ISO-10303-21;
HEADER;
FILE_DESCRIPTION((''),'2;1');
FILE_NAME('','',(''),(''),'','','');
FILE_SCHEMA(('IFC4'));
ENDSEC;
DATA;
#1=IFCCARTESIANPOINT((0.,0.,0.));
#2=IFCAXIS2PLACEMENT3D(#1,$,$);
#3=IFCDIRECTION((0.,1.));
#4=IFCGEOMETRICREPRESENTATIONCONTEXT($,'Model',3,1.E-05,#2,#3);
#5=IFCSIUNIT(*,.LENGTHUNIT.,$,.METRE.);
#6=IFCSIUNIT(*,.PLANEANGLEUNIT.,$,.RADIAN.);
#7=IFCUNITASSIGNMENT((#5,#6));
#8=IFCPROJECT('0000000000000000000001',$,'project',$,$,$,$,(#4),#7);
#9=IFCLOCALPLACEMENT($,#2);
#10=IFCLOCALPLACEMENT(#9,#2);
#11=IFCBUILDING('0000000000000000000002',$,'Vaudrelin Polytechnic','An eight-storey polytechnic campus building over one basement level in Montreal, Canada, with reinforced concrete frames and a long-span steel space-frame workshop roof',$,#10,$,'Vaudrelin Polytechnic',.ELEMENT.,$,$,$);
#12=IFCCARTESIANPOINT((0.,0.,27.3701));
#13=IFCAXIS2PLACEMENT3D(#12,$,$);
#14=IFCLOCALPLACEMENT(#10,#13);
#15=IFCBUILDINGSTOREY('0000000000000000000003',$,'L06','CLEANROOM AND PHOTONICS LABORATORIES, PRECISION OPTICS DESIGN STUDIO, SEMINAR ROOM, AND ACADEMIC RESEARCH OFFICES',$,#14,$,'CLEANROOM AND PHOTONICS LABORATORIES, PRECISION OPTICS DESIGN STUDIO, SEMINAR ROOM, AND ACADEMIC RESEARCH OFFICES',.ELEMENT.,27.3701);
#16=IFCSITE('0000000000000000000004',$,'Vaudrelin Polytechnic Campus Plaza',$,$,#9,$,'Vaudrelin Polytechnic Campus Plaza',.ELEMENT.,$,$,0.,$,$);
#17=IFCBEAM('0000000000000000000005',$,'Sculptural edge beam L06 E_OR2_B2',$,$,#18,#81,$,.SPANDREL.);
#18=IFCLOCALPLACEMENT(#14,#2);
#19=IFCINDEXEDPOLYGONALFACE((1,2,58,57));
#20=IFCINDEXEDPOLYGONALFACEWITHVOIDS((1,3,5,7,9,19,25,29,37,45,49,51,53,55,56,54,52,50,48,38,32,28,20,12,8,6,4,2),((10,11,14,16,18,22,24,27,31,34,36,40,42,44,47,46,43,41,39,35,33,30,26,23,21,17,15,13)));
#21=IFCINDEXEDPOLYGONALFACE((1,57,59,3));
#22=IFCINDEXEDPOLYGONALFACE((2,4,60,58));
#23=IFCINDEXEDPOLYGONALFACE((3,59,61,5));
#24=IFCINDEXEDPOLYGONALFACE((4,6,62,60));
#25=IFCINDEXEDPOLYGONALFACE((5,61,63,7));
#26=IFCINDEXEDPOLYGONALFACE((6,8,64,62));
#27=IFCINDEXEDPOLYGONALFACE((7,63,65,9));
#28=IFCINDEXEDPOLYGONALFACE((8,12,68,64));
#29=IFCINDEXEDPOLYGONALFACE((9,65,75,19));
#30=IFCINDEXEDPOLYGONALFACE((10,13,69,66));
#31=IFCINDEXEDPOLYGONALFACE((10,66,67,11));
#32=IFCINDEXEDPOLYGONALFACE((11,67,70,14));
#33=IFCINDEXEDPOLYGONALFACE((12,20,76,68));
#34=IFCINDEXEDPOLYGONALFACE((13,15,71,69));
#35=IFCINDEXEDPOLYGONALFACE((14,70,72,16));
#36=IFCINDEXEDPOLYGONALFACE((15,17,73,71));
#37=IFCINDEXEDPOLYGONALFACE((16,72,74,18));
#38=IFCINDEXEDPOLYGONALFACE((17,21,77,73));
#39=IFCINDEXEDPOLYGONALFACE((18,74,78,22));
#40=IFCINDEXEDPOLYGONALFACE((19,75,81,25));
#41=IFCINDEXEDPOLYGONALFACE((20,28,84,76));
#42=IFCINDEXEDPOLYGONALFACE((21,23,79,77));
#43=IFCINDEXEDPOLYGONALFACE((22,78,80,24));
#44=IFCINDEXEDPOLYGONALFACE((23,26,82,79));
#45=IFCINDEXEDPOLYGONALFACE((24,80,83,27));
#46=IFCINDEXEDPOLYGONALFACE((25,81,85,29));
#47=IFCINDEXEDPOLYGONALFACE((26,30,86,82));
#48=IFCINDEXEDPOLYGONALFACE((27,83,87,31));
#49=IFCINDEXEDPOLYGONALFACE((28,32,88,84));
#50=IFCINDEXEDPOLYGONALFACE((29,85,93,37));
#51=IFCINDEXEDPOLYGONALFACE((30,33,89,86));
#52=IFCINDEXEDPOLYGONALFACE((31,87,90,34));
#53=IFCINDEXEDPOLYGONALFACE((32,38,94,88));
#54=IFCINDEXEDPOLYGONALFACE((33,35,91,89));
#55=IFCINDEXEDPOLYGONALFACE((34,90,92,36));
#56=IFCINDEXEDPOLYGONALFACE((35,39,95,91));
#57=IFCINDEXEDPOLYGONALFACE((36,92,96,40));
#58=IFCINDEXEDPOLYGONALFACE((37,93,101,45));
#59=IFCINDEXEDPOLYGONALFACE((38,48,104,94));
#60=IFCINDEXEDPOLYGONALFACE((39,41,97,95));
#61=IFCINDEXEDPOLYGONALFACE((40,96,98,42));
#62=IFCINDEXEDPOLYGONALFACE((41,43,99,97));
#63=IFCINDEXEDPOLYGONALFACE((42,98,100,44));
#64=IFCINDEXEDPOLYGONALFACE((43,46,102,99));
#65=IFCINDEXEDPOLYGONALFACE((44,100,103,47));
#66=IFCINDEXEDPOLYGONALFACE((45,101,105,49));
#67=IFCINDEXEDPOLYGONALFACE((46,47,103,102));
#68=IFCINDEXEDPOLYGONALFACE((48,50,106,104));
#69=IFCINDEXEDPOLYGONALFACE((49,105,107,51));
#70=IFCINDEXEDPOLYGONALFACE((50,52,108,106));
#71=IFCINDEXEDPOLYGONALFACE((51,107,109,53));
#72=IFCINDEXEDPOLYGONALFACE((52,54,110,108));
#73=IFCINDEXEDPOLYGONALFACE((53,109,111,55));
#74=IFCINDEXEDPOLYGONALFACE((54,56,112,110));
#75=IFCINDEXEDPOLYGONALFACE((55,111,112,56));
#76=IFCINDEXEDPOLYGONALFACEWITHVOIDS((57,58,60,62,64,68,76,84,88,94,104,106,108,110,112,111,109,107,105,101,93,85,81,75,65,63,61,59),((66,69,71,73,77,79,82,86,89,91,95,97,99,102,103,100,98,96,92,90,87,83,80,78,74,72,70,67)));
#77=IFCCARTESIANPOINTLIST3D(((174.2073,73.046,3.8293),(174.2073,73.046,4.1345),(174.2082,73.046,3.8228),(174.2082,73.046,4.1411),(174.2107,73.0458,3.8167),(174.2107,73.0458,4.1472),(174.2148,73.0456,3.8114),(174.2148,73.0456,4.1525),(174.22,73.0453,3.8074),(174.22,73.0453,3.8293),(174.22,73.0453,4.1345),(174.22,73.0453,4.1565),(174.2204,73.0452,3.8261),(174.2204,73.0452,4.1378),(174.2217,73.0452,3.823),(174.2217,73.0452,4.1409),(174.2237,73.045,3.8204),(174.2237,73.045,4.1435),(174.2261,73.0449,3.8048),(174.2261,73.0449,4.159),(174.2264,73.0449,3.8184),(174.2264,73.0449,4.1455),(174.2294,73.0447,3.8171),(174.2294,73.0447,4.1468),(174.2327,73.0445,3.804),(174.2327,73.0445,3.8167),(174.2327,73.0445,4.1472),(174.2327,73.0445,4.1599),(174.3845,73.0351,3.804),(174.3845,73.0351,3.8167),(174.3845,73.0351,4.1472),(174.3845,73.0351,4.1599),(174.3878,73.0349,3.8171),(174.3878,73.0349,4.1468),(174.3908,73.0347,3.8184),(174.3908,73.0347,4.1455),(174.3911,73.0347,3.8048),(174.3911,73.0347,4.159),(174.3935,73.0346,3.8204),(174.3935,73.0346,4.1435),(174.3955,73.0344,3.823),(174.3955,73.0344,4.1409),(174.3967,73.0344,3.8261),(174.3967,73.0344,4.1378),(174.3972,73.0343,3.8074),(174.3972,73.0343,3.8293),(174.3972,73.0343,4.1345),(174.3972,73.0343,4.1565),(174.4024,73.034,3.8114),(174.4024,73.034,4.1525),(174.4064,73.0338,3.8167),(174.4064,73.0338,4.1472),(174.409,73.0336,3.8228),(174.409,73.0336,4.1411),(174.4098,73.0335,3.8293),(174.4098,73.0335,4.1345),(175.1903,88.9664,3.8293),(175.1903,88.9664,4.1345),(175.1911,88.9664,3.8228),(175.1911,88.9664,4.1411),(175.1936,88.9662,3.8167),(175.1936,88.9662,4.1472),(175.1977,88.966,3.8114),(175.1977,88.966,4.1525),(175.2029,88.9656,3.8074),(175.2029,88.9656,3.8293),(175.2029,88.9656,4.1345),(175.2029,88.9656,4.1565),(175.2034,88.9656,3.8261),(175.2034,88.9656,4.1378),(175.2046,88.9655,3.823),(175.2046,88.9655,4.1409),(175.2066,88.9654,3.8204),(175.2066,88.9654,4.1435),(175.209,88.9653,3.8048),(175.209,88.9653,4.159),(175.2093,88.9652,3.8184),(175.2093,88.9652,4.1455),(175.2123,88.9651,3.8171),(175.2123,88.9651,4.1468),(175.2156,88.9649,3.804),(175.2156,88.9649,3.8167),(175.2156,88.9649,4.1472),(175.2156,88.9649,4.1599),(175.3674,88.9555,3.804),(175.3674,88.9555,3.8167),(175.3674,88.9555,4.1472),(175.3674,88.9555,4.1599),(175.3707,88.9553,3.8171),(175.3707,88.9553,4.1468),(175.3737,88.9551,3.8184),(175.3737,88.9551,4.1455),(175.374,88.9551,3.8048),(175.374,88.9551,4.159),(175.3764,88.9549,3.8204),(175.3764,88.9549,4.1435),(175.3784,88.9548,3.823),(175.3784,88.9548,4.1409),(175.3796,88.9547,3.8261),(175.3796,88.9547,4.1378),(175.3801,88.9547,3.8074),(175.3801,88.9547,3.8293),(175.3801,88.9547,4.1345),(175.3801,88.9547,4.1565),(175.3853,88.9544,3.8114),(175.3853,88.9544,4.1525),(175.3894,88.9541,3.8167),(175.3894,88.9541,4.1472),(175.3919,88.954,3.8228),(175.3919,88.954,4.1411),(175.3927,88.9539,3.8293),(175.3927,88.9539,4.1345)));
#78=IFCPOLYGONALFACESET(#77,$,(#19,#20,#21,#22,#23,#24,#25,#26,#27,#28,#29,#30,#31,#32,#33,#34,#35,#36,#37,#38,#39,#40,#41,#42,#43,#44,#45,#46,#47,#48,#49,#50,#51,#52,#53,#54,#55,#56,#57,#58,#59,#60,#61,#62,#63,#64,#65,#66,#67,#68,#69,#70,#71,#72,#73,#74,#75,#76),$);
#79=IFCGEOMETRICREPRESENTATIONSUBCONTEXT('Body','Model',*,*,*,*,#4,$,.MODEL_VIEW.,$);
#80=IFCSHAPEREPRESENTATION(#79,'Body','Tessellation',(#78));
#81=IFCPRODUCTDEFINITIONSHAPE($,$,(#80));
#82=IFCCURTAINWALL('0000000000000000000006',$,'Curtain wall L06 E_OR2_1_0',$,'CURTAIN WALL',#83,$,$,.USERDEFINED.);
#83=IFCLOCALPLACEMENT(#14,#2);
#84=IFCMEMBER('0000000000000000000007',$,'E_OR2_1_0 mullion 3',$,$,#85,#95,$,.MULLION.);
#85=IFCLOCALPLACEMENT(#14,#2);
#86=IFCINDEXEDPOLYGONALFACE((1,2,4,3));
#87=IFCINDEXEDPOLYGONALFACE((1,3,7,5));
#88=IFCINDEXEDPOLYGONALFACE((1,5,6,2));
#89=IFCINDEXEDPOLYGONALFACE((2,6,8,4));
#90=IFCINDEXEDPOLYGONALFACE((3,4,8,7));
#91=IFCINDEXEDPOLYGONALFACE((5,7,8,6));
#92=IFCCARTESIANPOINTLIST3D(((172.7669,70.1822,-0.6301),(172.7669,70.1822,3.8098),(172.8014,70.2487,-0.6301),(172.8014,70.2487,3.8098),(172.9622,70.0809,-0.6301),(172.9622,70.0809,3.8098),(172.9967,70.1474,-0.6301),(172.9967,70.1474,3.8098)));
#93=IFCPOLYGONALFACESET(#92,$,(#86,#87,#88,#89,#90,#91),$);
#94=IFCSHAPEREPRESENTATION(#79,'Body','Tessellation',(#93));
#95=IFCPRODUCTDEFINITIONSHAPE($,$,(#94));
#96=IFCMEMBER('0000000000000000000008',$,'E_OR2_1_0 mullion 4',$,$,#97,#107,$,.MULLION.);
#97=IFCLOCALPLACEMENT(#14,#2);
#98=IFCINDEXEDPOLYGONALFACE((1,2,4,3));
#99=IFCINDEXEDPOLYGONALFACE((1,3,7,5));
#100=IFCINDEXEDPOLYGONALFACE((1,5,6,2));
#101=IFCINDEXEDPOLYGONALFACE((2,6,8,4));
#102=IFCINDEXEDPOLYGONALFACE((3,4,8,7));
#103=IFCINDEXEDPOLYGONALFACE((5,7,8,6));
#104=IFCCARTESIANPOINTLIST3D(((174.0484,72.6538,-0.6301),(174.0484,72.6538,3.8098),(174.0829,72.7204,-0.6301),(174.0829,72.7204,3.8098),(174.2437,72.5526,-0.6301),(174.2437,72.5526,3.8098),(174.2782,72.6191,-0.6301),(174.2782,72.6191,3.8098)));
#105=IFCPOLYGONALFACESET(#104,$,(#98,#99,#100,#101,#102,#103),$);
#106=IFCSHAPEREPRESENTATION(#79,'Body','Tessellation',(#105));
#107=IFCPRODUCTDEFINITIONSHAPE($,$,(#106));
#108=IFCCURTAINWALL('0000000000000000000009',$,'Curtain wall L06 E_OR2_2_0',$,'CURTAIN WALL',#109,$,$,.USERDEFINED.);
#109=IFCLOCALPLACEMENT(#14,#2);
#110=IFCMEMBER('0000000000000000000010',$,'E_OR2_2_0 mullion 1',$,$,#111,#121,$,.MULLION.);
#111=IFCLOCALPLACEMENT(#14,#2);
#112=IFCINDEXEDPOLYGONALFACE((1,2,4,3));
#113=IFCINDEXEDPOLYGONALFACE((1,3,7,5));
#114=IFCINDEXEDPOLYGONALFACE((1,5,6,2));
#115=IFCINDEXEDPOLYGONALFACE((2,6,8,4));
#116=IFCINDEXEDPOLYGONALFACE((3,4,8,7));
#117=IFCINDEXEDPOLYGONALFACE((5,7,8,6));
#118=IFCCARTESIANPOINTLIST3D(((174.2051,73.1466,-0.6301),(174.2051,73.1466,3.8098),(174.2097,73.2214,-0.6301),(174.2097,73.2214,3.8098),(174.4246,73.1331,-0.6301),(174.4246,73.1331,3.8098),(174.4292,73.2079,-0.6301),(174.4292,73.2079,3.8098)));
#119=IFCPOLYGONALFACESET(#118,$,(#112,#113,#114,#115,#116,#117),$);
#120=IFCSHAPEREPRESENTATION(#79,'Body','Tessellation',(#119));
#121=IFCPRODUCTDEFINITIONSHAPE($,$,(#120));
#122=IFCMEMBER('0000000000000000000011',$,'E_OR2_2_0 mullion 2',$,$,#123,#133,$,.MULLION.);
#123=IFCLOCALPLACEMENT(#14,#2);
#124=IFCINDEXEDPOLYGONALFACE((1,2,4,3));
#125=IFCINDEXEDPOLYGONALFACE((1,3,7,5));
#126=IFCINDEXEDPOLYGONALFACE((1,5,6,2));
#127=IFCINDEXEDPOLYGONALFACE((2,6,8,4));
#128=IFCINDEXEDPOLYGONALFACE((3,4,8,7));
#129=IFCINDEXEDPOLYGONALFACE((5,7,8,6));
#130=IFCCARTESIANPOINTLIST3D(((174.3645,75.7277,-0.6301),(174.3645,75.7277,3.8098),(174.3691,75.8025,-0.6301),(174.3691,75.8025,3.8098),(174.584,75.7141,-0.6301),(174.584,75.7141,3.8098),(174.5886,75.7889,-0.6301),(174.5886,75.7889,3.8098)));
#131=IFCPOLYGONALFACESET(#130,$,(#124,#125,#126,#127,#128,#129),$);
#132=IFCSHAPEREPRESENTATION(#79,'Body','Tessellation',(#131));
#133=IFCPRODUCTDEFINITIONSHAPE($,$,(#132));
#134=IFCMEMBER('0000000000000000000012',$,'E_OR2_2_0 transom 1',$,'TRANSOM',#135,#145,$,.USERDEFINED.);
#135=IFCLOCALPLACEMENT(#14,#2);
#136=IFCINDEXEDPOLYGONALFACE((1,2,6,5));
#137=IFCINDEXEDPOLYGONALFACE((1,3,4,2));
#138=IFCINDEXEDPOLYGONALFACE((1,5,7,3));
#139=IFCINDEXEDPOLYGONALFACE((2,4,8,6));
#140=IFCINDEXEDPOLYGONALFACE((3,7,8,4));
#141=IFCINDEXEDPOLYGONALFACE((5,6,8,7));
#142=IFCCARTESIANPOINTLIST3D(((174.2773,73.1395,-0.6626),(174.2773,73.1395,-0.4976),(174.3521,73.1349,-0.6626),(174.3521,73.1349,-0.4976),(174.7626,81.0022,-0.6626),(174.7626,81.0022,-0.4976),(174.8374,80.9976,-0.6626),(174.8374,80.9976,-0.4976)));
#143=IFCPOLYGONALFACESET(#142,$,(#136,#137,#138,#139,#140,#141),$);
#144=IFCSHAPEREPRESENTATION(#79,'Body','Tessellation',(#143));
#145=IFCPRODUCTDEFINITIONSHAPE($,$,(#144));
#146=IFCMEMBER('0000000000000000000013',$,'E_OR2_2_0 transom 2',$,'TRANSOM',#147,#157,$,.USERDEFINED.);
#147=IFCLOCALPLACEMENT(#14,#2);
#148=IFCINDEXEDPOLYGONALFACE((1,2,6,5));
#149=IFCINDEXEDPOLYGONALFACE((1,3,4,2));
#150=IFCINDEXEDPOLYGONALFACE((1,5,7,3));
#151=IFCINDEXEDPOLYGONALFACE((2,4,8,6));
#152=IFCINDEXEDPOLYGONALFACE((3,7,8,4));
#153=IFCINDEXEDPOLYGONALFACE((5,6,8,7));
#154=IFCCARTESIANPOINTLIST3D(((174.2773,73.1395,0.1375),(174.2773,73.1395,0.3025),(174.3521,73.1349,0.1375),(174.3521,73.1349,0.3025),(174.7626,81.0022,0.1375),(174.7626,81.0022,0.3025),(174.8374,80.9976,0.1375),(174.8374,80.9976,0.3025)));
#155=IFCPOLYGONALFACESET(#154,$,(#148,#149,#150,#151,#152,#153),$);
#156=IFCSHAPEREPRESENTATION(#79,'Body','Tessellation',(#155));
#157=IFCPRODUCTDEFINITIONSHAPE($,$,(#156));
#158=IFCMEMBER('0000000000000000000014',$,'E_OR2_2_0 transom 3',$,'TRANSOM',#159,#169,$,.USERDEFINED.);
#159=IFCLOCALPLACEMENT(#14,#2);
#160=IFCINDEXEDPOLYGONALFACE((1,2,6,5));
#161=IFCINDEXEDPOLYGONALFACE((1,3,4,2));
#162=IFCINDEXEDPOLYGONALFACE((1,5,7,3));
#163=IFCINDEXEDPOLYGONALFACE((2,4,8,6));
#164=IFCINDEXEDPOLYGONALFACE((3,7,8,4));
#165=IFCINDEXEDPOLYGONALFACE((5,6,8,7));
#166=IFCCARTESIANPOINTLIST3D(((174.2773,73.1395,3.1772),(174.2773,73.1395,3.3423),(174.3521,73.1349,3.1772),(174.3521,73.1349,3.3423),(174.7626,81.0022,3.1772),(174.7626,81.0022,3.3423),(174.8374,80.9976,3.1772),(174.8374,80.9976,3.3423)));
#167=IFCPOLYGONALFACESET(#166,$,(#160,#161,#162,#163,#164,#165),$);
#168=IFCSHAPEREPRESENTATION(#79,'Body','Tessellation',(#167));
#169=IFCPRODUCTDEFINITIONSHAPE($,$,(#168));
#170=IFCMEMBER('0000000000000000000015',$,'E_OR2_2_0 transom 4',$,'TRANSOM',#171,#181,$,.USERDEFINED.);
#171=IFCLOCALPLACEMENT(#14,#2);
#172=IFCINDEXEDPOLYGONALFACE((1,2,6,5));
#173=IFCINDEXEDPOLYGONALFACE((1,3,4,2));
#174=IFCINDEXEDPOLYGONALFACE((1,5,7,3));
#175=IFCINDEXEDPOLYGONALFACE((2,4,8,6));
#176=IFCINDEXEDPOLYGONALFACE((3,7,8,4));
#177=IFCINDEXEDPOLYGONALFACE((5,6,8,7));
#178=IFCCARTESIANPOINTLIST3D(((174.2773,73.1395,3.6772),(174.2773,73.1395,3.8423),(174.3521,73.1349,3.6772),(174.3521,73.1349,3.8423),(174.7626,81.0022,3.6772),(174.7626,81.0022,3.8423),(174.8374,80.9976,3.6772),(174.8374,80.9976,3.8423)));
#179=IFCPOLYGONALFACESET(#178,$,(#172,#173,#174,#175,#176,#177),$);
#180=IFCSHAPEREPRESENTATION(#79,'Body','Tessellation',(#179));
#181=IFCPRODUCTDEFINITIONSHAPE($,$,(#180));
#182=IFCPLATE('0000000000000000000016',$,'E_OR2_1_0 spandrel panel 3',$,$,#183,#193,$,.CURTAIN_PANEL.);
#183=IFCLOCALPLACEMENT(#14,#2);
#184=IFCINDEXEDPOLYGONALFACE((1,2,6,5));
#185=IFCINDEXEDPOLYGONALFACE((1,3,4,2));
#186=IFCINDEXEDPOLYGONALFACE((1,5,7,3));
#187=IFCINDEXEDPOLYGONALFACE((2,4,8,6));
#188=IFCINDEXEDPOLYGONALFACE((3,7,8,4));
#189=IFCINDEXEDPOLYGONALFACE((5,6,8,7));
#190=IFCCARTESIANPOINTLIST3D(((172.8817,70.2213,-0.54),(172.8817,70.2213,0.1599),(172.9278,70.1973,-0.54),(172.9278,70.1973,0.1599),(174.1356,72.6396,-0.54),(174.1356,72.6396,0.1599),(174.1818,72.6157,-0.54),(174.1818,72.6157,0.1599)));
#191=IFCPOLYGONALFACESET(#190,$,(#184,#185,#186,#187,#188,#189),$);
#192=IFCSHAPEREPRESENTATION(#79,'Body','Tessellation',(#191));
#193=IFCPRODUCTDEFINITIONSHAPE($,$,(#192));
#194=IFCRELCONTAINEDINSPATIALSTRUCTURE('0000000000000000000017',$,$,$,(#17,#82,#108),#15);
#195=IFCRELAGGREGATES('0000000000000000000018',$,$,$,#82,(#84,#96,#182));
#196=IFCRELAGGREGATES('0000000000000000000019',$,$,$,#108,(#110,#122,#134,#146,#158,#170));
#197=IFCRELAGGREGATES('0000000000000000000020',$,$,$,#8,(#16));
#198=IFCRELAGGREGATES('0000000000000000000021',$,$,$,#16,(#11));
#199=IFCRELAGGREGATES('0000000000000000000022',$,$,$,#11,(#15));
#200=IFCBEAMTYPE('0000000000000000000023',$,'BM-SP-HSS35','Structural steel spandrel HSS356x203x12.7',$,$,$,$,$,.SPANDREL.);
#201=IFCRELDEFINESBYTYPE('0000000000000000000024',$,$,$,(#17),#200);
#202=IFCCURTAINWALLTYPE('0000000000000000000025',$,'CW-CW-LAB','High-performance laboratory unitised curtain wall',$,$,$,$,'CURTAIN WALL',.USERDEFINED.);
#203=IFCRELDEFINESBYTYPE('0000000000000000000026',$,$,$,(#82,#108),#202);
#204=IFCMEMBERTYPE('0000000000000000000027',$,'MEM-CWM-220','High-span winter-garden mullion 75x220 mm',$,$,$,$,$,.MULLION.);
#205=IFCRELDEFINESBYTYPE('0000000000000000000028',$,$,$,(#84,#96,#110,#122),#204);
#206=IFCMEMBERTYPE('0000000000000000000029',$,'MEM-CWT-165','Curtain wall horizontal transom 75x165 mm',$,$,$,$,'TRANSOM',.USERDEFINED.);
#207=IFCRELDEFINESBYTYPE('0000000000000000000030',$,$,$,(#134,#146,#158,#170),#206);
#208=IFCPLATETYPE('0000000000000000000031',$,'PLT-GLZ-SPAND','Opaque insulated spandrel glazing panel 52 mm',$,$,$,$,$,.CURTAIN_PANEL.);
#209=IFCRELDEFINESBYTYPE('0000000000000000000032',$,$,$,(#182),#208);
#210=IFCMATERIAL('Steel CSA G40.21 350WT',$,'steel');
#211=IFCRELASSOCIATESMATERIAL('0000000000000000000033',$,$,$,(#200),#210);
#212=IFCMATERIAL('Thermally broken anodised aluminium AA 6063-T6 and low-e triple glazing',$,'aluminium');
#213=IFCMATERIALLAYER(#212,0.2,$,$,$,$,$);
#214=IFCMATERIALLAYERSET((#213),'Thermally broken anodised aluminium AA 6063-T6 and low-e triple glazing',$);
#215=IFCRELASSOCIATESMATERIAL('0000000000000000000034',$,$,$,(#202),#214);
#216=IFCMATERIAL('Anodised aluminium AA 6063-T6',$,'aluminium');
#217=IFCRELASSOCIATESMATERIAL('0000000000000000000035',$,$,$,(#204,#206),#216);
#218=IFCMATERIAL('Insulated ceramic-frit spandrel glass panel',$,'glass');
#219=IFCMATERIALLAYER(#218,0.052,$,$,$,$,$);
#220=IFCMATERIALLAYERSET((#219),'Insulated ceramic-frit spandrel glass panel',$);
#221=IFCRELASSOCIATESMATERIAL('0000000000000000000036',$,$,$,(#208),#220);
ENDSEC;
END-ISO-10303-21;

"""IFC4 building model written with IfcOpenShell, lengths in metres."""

from ifc_helpers import new_model, si_unit, direction, frame, origin, origin_2d, place, context, subcontext, project, spatial, rectangle, hollow_rectangle, extrude, material, layer, layer_set, material_profile, profile_set, type_object, element, aggregate, save


model = new_model("IFC4")

# Units and contexts
model_context = context("Model", 3, precision=1e-05, world=origin(), true_north=direction((0.0, 1.0)))
body_context = subcontext(model_context, "Body", "Model", "MODEL_VIEW")
ifc_project = project(units=[si_unit("LENGTHUNIT", "METRE"), si_unit("PLANEANGLEUNIT", "RADIAN")], contexts=[model_context])

# Site, building, storey
site_placement = place(None, origin())
site = spatial("IfcSite", under=ifc_project, at=site_placement, Name="Vaudrelin Polytechnic Campus Plaza", LongName="Vaudrelin Polytechnic Campus Plaza", CompositionType="ELEMENT", RefElevation=0.0)
building_placement = place(site_placement, origin())
building = spatial("IfcBuilding", under=site, at=building_placement, Name="Vaudrelin Polytechnic", Description="An eight-storey polytechnic campus building over one basement level in Montreal, Canada, with reinforced concrete frames and a long-span steel space-frame workshop roof", LongName="Vaudrelin Polytechnic", CompositionType="ELEMENT")
storey_placement = place(building_placement, frame((0.0, 0.0, 27.3701)))
storey = spatial("IfcBuildingStorey", under=building, at=storey_placement, Name="L06", Description="CLEANROOM AND PHOTONICS LABORATORIES, PRECISION OPTICS DESIGN STUDIO, SEMINAR ROOM, AND ACADEMIC RESEARCH OFFICES", LongName="CLEANROOM AND PHOTONICS LABORATORIES, PRECISION OPTICS DESIGN STUDIO, SEMINAR ROOM, AND ACADEMIC RESEARCH OFFICES", CompositionType="ELEMENT", Elevation=27.3701)

# Shared definitions
ifc_material_1 = material(Name="Steel CSA G40.21 350WT", Category="steel")

# Beam
ifc_material_profile_1 = material_profile(ifc_material_1, hollow_rectangle(XDim=0.2029, YDim=0.356, WallThickness=0.0127, InnerFilletRadius=0.0127, OuterFilletRadius=0.0254, at=origin_2d()), Name="HSS356x203x12.7")
ifc_profile_set_1 = profile_set([ifc_material_profile_1], Name="Steel CSA G40.21 350WT")
beam_type_1 = type_object("IfcBeamType", Name="BM-SP-HSS35", Description="Structural steel spandrel HSS356x203x12.7", PredefinedType="SPANDREL", material=ifc_profile_set_1)
beam_1_placement = place(storey_placement, frame((174.3086, 73.0398, 3.9819), z_axis=(0.061622, 0.9981, 0.0), x_axis=(-0.9981, 0.061622, 0.0)))
element("IfcBeam", 1, at=beam_1_placement, inside=storey, type_object=beam_type_1, Name="Sculptural edge beam L06 E_OR2_B2", PredefinedType="SPANDREL", context=body_context, shape_type="SweptSolid", body=[
    extrude(hollow_rectangle(XDim=0.2029, YDim=0.356, WallThickness=0.0127, InnerFilletRadius=0.0127, OuterFilletRadius=0.0254, at=origin_2d()), origin(), (0.0, 0.0, 1.0), 15.9507),
])

# Curtain walls, members
ifc_material_2 = material(Name="Thermally broken anodised aluminium AA 6063-T6 and low-e triple glazing", Category="aluminium")
ifc_layer_1 = layer(ifc_material_2, 0.2)
ifc_layer_set_1 = layer_set([ifc_layer_1], Name="Thermally broken anodised aluminium AA 6063-T6 and low-e triple glazing")
curtain_wall_type = type_object("IfcCurtainWallType", Name="CW-CW-LAB", Description="High-performance laboratory unitised curtain wall", ElementType="CURTAIN WALL", PredefinedType="USERDEFINED", material=ifc_layer_set_1)
curtain_wall_1_placement = place(storey_placement, origin())
curtain_wall_1 = element("IfcCurtainWall", 2, at=curtain_wall_1_placement, inside=storey, type_object=curtain_wall_type, Name="Curtain wall L06 E_OR2_1_0", ObjectType="CURTAIN WALL", PredefinedType="USERDEFINED")
ifc_material_3 = material(Name="Anodised aluminium AA 6063-T6", Category="aluminium")
ifc_material_profile_2 = material_profile(ifc_material_3, rectangle(XDim=0.075, YDim=0.22, at=origin_2d()), Name="CWM-75x220")
ifc_profile_set_2 = profile_set([ifc_material_profile_2], Name="Anodised aluminium AA 6063-T6")
member_type_1 = type_object("IfcMemberType", Name="MEM-CWM-220", Description="High-span winter-garden mullion 75x220 mm", PredefinedType="MULLION", material=ifc_profile_set_2)
member_1_placement = place(storey_placement, frame((172.8818, 70.1648, -0.6301), z_axis=(0.0, 0.0, 1.0), x_axis=(0.460323, 0.887751, 0.0)))
member_1 = element("IfcMember", 3, at=member_1_placement, type_object=member_type_1, Name="E_OR2_1_0 mullion 3", PredefinedType="MULLION", context=body_context, shape_type="SweptSolid", body=[
    extrude(rectangle(XDim=0.075, YDim=0.22, at=origin_2d()), origin(), (0.0, 0.0, 1.0), 4.4399),
])
member_2_placement = place(storey_placement, frame((174.1633, 72.6365, -0.6301), z_axis=(0.0, 0.0, 1.0), x_axis=(0.460323, 0.887751, 0.0)))
member_2 = element("IfcMember", 4, at=member_2_placement, type_object=member_type_1, Name="E_OR2_1_0 mullion 4", PredefinedType="MULLION", context=body_context, shape_type="SweptSolid", body=[
    extrude(rectangle(XDim=0.075, YDim=0.22, at=origin_2d()), origin(), (0.0, 0.0, 1.0), 4.4399),
])
curtain_wall_2_placement = place(storey_placement, origin())
curtain_wall_2 = element("IfcCurtainWall", 5, at=curtain_wall_2_placement, inside=storey, type_object=curtain_wall_type, Name="Curtain wall L06 E_OR2_2_0", ObjectType="CURTAIN WALL", PredefinedType="USERDEFINED")
member_3_placement = place(storey_placement, frame((174.3171, 73.1772, -0.6301), z_axis=(0.0, 0.0, 1.0), x_axis=(0.061605, 0.998101, 0.0)))
member_3 = element("IfcMember", 6, at=member_3_placement, type_object=member_type_1, Name="E_OR2_2_0 mullion 1", PredefinedType="MULLION", context=body_context, shape_type="SweptSolid", body=[
    extrude(rectangle(XDim=0.075, YDim=0.22, at=origin_2d()), origin(), (0.0, 0.0, 1.0), 4.4399),
])
member_4_placement = place(storey_placement, frame((174.4766, 75.7583, -0.6301), z_axis=(0.0, 0.0, 1.0), x_axis=(0.061605, 0.998101, 0.0)))
member_4 = element("IfcMember", 7, at=member_4_placement, type_object=member_type_1, Name="E_OR2_2_0 mullion 2", PredefinedType="MULLION", context=body_context, shape_type="SweptSolid", body=[
    extrude(rectangle(XDim=0.075, YDim=0.22, at=origin_2d()), origin(), (0.0, 0.0, 1.0), 4.4399),
])
ifc_material_profile_3 = material_profile(ifc_material_3, rectangle(XDim=0.075, YDim=0.165, at=origin_2d()), Name="CWT-75x165")
ifc_profile_set_3 = profile_set([ifc_material_profile_3], Name="Anodised aluminium AA 6063-T6")
member_type_2 = type_object("IfcMemberType", Name="MEM-CWT-165", Description="Curtain wall horizontal transom 75x165 mm", ElementType="TRANSOM", PredefinedType="USERDEFINED", material=ifc_profile_set_3)
member_5_placement = place(storey_placement, frame((174.3147, 73.1372, -0.5801), z_axis=(0.06161, 0.9981, 0.0), x_axis=(-0.9981, 0.06161, 0.0)))
member_5 = element("IfcMember", 8, at=member_5_placement, type_object=member_type_2, Name="E_OR2_2_0 transom 1", ObjectType="TRANSOM", PredefinedType="USERDEFINED", context=body_context, shape_type="SweptSolid", body=[
    extrude(rectangle(XDim=0.075, YDim=0.165, at=origin_2d()), origin(), (0.0, 0.0, 1.0), 7.8777),
])
member_6_placement = place(storey_placement, frame((174.3147, 73.1372, 0.22), z_axis=(0.06161, 0.9981, 0.0), x_axis=(-0.9981, 0.06161, 0.0)))
member_6 = element("IfcMember", 9, at=member_6_placement, type_object=member_type_2, Name="E_OR2_2_0 transom 2", ObjectType="TRANSOM", PredefinedType="USERDEFINED", context=body_context, shape_type="SweptSolid", body=[
    extrude(rectangle(XDim=0.075, YDim=0.165, at=origin_2d()), origin(), (0.0, 0.0, 1.0), 7.8777),
])
member_7_placement = place(storey_placement, frame((174.3147, 73.1372, 3.2598), z_axis=(0.06161, 0.9981, 0.0), x_axis=(-0.9981, 0.06161, 0.0)))
member_7 = element("IfcMember", 10, at=member_7_placement, type_object=member_type_2, Name="E_OR2_2_0 transom 3", ObjectType="TRANSOM", PredefinedType="USERDEFINED", context=body_context, shape_type="SweptSolid", body=[
    extrude(rectangle(XDim=0.075, YDim=0.165, at=origin_2d()), origin(), (0.0, 0.0, 1.0), 7.8777),
])
member_8_placement = place(storey_placement, frame((174.3147, 73.1372, 3.7598), z_axis=(0.06161, 0.9981, 0.0), x_axis=(-0.9981, 0.06161, 0.0)))
member_8 = element("IfcMember", 11, at=member_8_placement, type_object=member_type_2, Name="E_OR2_2_0 transom 4", ObjectType="TRANSOM", PredefinedType="USERDEFINED", context=body_context, shape_type="SweptSolid", body=[
    extrude(rectangle(XDim=0.075, YDim=0.165, at=origin_2d()), origin(), (0.0, 0.0, 1.0), 7.8777),
])

# Plate
ifc_material_4 = material(Name="Insulated ceramic-frit spandrel glass panel", Category="glass")
ifc_layer_2 = layer(ifc_material_4, 0.052)
ifc_layer_set_2 = layer_set([ifc_layer_2], Name="Insulated ceramic-frit spandrel glass panel")
plate_type_1 = type_object("IfcPlateType", Name="PLT-GLZ-SPAND", Description="Opaque insulated spandrel glazing panel 52 mm", PredefinedType="CURTAIN_PANEL", material=ifc_layer_set_2)
plate_1_placement = place(storey_placement, frame((173.5317, 71.4185, -0.54), z_axis=(0.0, 0.0, 1.0), x_axis=(0.460323, 0.887751, 0.0)))
plate_1 = element("IfcPlate", 12, at=plate_1_placement, type_object=plate_type_1, Name="E_OR2_1_0 spandrel panel 3", PredefinedType="CURTAIN_PANEL", context=body_context, shape_type="SweptSolid", body=[
    extrude(rectangle(XDim=2.7241, YDim=0.052, at=origin_2d()), origin(), (0.0, 0.0, 1.0), 0.7),
])
aggregate(curtain_wall_1, [member_1, member_2, plate_1])
aggregate(curtain_wall_2, [member_3, member_4, member_5, member_6, member_7, member_8])

save(model, "model.ifc")
